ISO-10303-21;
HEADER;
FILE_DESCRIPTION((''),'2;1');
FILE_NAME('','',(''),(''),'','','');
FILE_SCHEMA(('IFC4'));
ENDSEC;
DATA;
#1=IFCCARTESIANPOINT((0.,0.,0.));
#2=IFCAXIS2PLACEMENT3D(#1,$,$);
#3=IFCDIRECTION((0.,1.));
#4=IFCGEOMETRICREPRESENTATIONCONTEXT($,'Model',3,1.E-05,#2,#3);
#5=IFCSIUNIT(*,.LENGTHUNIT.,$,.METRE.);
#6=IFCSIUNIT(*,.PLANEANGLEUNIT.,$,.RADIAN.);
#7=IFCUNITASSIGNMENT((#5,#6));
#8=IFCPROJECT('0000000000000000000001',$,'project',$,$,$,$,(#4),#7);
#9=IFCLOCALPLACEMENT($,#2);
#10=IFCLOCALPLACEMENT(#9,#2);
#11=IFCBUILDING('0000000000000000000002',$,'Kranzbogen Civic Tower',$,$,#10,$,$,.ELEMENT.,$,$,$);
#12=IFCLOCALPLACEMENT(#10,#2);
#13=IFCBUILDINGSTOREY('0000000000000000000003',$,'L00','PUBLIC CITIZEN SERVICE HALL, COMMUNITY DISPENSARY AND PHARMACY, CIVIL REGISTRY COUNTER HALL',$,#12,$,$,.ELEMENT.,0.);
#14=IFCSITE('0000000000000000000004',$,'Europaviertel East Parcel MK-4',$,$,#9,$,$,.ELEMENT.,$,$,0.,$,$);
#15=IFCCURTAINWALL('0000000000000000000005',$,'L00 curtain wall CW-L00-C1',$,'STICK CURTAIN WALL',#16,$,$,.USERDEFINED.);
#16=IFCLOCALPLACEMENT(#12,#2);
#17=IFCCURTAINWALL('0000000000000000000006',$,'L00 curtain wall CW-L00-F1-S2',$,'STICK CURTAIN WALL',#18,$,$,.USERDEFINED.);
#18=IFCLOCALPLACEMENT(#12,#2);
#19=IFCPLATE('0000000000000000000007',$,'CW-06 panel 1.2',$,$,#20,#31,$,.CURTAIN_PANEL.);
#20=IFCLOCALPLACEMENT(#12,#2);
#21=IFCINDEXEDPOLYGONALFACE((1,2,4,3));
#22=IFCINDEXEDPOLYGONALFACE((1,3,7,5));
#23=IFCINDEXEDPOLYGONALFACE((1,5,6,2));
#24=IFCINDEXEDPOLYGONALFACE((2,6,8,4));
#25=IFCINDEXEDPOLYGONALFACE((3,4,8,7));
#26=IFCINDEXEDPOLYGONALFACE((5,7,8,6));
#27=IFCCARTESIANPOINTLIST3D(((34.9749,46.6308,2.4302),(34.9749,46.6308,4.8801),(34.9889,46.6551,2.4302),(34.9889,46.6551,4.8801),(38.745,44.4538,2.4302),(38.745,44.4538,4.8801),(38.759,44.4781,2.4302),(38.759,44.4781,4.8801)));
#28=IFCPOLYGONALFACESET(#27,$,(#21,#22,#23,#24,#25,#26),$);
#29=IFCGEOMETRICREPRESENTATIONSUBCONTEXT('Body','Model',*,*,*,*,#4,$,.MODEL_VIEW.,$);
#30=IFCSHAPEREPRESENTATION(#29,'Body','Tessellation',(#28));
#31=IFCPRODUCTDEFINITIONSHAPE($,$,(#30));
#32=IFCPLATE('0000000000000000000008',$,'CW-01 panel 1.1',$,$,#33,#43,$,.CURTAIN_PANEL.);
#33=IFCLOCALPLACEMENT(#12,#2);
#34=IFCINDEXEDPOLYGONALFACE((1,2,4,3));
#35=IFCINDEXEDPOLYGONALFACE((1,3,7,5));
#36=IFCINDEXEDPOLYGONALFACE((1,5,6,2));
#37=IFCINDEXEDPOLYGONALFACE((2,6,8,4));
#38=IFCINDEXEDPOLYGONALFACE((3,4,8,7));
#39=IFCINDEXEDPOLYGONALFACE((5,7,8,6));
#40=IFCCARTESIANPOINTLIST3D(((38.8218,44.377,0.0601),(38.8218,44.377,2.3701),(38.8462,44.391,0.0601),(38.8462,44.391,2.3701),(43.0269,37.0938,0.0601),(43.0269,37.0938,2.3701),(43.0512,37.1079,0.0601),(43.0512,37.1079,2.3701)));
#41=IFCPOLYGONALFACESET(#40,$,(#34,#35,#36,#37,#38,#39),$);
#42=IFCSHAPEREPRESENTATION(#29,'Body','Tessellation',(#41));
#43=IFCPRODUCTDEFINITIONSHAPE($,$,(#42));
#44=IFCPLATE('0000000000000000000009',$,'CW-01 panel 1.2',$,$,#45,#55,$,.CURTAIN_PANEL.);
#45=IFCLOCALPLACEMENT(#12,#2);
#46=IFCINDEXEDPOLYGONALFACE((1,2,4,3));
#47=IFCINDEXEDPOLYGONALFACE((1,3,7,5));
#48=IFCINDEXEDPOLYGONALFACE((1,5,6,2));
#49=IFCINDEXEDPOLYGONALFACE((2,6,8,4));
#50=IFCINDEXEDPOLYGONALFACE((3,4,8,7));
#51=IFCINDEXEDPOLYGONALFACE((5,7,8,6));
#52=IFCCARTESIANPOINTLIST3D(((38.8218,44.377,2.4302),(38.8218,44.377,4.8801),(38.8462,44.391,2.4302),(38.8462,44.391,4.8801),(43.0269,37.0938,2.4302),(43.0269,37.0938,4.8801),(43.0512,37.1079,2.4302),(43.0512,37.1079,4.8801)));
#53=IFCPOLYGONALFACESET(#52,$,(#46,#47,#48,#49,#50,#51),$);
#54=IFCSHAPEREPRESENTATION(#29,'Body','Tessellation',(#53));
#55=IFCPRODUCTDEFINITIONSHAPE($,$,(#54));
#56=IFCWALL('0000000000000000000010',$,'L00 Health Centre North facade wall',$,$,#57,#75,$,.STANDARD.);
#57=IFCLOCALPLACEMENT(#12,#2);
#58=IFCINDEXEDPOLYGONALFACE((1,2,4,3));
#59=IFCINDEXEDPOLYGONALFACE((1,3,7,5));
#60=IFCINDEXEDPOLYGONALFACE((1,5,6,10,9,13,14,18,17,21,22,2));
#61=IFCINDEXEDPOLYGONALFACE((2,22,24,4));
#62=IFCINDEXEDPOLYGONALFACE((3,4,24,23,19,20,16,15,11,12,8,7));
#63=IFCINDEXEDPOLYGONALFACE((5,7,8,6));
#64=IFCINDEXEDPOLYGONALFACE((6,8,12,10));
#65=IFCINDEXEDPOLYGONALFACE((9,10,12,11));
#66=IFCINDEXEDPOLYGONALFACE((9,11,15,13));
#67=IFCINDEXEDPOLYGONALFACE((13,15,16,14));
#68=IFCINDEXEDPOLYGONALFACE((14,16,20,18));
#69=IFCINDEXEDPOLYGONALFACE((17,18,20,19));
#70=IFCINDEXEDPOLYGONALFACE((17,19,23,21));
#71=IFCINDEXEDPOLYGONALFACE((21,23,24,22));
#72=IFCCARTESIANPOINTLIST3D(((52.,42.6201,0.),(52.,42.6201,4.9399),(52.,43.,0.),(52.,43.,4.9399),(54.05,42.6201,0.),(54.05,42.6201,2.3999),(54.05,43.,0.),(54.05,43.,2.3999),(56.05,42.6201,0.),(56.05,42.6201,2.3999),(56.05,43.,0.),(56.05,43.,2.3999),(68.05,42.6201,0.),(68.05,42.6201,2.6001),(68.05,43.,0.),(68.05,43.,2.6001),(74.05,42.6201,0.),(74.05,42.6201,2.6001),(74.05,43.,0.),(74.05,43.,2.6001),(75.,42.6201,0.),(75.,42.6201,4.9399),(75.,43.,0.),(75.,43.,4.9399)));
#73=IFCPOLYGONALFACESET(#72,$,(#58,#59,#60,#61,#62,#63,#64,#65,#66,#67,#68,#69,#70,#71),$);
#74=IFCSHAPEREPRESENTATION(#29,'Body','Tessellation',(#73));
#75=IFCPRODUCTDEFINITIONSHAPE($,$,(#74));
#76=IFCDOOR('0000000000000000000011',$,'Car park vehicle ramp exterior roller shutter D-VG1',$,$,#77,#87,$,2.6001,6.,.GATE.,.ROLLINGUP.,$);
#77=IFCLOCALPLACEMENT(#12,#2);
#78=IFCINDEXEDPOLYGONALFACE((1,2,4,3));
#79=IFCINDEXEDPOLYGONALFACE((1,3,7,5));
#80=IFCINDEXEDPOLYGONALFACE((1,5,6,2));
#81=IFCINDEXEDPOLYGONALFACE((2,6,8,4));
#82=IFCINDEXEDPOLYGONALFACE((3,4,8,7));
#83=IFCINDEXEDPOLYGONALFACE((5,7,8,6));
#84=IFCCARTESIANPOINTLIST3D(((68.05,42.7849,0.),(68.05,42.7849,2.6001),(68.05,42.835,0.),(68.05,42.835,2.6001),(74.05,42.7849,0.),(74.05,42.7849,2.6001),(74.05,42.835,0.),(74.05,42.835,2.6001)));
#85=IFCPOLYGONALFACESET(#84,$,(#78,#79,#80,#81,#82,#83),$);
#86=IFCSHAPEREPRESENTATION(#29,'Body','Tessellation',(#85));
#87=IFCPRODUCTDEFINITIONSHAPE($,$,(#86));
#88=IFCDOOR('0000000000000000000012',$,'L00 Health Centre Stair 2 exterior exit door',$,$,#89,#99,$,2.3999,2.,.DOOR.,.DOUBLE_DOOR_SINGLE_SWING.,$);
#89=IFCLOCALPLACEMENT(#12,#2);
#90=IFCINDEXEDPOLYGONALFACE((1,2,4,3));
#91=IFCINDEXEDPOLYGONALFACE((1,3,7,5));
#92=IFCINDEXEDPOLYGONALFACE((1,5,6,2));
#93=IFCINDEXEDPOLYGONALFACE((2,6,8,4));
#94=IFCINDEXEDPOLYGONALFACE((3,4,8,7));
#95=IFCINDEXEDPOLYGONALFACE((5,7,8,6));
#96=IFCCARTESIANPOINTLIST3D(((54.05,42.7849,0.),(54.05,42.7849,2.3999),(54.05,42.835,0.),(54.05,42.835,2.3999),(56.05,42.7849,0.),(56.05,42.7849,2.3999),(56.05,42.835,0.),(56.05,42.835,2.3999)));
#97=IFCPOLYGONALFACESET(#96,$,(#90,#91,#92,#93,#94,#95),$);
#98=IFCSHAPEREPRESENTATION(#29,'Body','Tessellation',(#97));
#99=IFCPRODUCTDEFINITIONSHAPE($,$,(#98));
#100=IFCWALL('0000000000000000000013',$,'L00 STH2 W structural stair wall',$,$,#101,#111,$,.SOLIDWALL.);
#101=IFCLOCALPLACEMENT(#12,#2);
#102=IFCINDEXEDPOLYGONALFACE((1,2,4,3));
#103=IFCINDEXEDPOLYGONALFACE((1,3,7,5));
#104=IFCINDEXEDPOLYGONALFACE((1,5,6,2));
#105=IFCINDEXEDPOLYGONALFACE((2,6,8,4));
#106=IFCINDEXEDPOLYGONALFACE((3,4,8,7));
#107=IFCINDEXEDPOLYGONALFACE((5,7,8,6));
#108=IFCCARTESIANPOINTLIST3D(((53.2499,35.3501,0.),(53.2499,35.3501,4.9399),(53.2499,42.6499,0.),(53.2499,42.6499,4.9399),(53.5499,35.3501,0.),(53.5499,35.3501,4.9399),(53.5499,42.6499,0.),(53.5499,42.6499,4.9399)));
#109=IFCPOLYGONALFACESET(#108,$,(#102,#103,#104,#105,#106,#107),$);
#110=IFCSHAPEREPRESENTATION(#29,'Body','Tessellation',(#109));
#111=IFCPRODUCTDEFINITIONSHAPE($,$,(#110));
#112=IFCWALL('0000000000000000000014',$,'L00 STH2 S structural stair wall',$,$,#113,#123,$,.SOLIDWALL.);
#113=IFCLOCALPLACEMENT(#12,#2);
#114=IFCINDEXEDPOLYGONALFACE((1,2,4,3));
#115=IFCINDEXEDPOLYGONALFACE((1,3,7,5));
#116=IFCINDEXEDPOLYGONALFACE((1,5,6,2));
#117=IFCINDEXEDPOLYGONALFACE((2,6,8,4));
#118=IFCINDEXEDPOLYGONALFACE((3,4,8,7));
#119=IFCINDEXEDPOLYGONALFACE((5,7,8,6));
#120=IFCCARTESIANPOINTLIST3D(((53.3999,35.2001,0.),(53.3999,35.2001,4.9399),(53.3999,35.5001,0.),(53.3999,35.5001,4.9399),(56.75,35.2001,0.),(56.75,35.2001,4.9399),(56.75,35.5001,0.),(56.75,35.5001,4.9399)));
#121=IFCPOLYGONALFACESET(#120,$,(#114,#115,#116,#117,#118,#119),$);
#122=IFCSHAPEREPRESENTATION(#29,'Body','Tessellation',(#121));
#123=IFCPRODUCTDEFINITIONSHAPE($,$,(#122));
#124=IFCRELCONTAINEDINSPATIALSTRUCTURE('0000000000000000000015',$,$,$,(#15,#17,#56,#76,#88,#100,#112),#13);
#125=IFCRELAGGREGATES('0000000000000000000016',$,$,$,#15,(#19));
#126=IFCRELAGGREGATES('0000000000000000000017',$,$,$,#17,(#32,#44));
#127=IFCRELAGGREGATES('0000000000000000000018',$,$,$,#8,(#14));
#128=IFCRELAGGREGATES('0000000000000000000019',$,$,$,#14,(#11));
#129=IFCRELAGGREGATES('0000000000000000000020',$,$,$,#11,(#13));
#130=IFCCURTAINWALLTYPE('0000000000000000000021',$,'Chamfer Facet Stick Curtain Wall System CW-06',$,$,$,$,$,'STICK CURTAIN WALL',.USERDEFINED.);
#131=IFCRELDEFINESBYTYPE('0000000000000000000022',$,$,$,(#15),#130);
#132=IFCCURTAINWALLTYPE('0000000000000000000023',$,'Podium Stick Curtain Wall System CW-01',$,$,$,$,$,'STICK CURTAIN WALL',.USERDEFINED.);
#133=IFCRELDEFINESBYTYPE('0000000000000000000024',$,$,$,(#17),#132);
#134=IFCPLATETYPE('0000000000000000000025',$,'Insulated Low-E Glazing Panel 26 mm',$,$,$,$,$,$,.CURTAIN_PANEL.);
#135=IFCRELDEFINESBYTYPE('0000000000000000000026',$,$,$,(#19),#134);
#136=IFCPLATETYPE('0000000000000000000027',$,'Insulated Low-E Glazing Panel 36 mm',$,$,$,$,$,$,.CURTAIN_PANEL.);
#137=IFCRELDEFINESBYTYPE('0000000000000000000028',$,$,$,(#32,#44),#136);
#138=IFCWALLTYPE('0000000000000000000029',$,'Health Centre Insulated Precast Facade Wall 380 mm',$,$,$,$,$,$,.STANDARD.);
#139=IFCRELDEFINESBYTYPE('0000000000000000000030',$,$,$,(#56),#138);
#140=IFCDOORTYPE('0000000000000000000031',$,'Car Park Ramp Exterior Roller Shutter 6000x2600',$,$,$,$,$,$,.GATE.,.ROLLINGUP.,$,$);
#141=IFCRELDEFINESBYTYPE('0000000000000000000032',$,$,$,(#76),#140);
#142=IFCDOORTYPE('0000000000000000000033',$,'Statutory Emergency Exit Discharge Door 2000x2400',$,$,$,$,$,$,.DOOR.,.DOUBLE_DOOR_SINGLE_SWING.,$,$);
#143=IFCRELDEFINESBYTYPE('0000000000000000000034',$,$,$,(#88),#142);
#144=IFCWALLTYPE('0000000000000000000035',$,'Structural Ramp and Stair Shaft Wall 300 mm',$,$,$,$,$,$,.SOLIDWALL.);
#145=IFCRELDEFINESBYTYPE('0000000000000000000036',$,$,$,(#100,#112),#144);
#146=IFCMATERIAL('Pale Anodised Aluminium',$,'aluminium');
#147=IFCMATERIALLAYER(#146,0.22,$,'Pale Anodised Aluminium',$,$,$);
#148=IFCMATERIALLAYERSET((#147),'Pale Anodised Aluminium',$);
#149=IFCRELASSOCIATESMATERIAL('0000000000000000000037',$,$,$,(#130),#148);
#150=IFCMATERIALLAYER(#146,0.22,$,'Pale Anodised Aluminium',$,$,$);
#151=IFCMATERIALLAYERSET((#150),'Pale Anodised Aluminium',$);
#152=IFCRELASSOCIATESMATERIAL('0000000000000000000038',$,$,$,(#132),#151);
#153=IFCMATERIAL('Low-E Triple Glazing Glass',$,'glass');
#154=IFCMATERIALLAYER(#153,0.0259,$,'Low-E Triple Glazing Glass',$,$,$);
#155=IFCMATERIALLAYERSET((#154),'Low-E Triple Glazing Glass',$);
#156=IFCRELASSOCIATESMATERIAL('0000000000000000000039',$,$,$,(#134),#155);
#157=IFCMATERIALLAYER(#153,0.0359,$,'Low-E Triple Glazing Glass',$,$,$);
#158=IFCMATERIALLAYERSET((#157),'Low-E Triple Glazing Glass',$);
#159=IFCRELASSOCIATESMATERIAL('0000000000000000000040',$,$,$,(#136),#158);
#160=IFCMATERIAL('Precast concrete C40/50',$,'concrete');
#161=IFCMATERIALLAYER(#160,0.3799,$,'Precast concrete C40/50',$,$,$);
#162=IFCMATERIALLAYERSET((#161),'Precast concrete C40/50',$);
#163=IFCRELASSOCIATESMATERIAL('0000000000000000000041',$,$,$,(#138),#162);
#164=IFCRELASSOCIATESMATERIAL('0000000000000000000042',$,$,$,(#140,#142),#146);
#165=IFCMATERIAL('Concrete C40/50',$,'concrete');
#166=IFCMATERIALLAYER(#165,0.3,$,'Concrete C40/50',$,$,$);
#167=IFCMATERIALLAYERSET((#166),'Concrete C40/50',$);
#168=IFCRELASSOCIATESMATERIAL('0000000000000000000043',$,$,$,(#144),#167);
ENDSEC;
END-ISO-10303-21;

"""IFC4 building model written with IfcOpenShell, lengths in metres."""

from ifc_helpers import new_model, si_unit, direction, frame, frame_2d, origin, origin_2d, place, context, subcontext, project, spatial, rectangle, extrude, material, layer, layer_set, type_object, element, fill, aggregate, save


model = new_model("IFC4")

# Units and contexts
model_context = context("Model", 3, precision=1e-05, world=origin(), true_north=direction((0.0, 1.0)))
body_context = subcontext(model_context, "Body", "Model", "MODEL_VIEW")
ifc_project = project(units=[si_unit("LENGTHUNIT", "METRE"), si_unit("PLANEANGLEUNIT", "RADIAN")], contexts=[model_context])

# Site, building, storey
site_placement = place(None, origin())
site = spatial("IfcSite", under=ifc_project, at=site_placement, Name="Europaviertel East Parcel MK-4", CompositionType="ELEMENT", RefElevation=0.0)
building_placement = place(site_placement, origin())
building = spatial("IfcBuilding", under=site, at=building_placement, Name="Kranzbogen Civic Tower", CompositionType="ELEMENT")
storey_placement = place(building_placement, origin())
storey = spatial("IfcBuildingStorey", under=building, at=storey_placement, Name="L00", Description="PUBLIC CITIZEN SERVICE HALL, COMMUNITY DISPENSARY AND PHARMACY, CIVIL REGISTRY COUNTER HALL", CompositionType="ELEMENT", Elevation=0.0)

# Shared definitions
ifc_material_1 = material(Name="Concrete C40/50", Category="concrete")

# Curtain wall
ifc_material_2 = material(Name="Pale Anodised Aluminium", Category="aluminium")
ifc_layer_1 = layer(ifc_material_2, 0.22, Name="Pale Anodised Aluminium")
ifc_layer_set_1 = layer_set([ifc_layer_1], Name="Pale Anodised Aluminium")
curtain_wall_type_1 = type_object("IfcCurtainWallType", Name="Chamfer Facet Stick Curtain Wall System CW-06", ElementType="STICK CURTAIN WALL", PredefinedType="USERDEFINED", material=ifc_layer_set_1)
curtain_wall_1_placement = place(storey_placement, origin())
curtain_wall_1 = element("IfcCurtainWall", 1, at=curtain_wall_1_placement, inside=storey, type_object=curtain_wall_type_1, Name="L00 curtain wall CW-L00-C1", ObjectType="STICK CURTAIN WALL", PredefinedType="USERDEFINED")

# Shared definitions
ifc_layer_2 = layer(ifc_material_2, 0.22, Name="Pale Anodised Aluminium")
ifc_layer_set_2 = layer_set([ifc_layer_2], Name="Pale Anodised Aluminium")
curtain_wall_type_2 = type_object("IfcCurtainWallType", Name="Podium Stick Curtain Wall System CW-01", ElementType="STICK CURTAIN WALL", PredefinedType="USERDEFINED", material=ifc_layer_set_2)

# Curtain wall
curtain_wall_2_placement = place(storey_placement, origin())
curtain_wall_2 = element("IfcCurtainWall", 2, at=curtain_wall_2_placement, inside=storey, type_object=curtain_wall_type_2, Name="L00 curtain wall CW-L00-F1-S2", ObjectType="STICK CURTAIN WALL", PredefinedType="USERDEFINED")

# Plates
ifc_material_3 = material(Name="Low-E Triple Glazing Glass", Category="glass")
ifc_layer_3 = layer(ifc_material_3, 0.0259, Name="Low-E Triple Glazing Glass")
ifc_layer_set_3 = layer_set([ifc_layer_3], Name="Low-E Triple Glazing Glass")
plate_type_1 = type_object("IfcPlateType", Name="Insulated Low-E Glazing Panel 26 mm", PredefinedType="CURTAIN_PANEL", material=ifc_layer_set_3)
plate_1_placement = place(storey_placement, frame((36.8669, 45.5544, 2.4302), z_axis=(0.0, 0.0, 1.0), x_axis=(-0.865992, 0.500058, 0.0)))
plate_1 = element("IfcPlate", 3, at=plate_1_placement, type_object=plate_type_1, Name="CW-06 panel 1.2", PredefinedType="CURTAIN_PANEL", context=body_context, shape_type="SweptSolid", body=[
    extrude(rectangle(XDim=4.3535, YDim=0.0281, at=origin_2d()), origin(), (0.0, 0.0, 1.0), 2.45),
])
aggregate(curtain_wall_1, [plate_1])
ifc_layer_4 = layer(ifc_material_3, 0.0359, Name="Low-E Triple Glazing Glass")
ifc_layer_set_4 = layer_set([ifc_layer_4], Name="Low-E Triple Glazing Glass")
plate_type_2 = type_object("IfcPlateType", Name="Insulated Low-E Glazing Panel 36 mm", PredefinedType="CURTAIN_PANEL", material=ifc_layer_set_4)
plate_2_placement = place(storey_placement, frame((40.9365, 40.7424, 0.0601), z_axis=(0.0, 0.0, 1.0), x_axis=(-0.50001, 0.86602, 0.0)))
plate_2 = element("IfcPlate", 4, at=plate_2_placement, type_object=plate_type_2, Name="CW-01 panel 1.1", PredefinedType="CURTAIN_PANEL", context=body_context, shape_type="SweptSolid", body=[
    extrude(rectangle(XDim=8.4099, YDim=0.0281, at=origin_2d()), origin(), (0.0, 0.0, 1.0), 2.3101),
])
plate_3_placement = place(storey_placement, frame((40.9365, 40.7424, 2.4302), z_axis=(0.0, 0.0, 1.0), x_axis=(-0.50001, 0.86602, 0.0)))
plate_3 = element("IfcPlate", 5, at=plate_3_placement, type_object=plate_type_2, Name="CW-01 panel 1.2", PredefinedType="CURTAIN_PANEL", context=body_context, shape_type="SweptSolid", body=[
    extrude(rectangle(XDim=8.4099, YDim=0.0281, at=origin_2d()), origin(), (0.0, 0.0, 1.0), 2.45),
])
aggregate(curtain_wall_2, [plate_2, plate_3])

# Wall, openings, doors
ifc_material_4 = material(Name="Precast concrete C40/50", Category="concrete")
ifc_layer_5 = layer(ifc_material_4, 0.3799, Name="Precast concrete C40/50")
ifc_layer_set_5 = layer_set([ifc_layer_5], Name="Precast concrete C40/50")
wall_type_1 = type_object("IfcWallType", Name="Health Centre Insulated Precast Facade Wall 380 mm", PredefinedType="STANDARD", material=ifc_layer_set_5)
wall_1_placement = place(storey_placement, frame((52.0, 42.8101, 0.0), z_axis=(0.0, 0.0, 1.0), x_axis=(1.0, 0.0, 0.0)))
wall_1 = element("IfcWall", 6, at=wall_1_placement, inside=storey, type_object=wall_type_1, Name="L00 Health Centre North facade wall", PredefinedType="STANDARD", context=body_context, shape_type="SweptSolid", body=[
    extrude(rectangle(XDim=23.0, YDim=0.3799, at=frame_2d((11.5, 0.0))), origin(), (0.0, 0.0, 1.0), 4.9399),
])
opening_1_placement = place(wall_1_placement, frame((2.05, 0.0, 0.0)))
opening_1 = element("IfcOpeningElement", 7, at=opening_1_placement, cuts=wall_1, PredefinedType="OPENING", context=body_context, shape_type="SweptSolid", body=[
    extrude(rectangle(XDim=2.0, YDim=2.3999, at=frame_2d((1.0, 1.2))), frame((0.0, 0.2, 0.0), z_axis=(0.0, -1.0, 0.0), x_axis=(1.0, 0.0, 0.0)), (0.0, 0.0, 1.0), 0.3999),
])
opening_2_placement = place(wall_1_placement, frame((16.05, 0.0, 0.0)))
opening_2 = element("IfcOpeningElement", 8, at=opening_2_placement, cuts=wall_1, PredefinedType="OPENING", context=body_context, shape_type="SweptSolid", body=[
    extrude(rectangle(XDim=6.0, YDim=2.6001, at=frame_2d((3.0, 1.3))), frame((0.0, 0.2, 0.0), z_axis=(0.0, -1.0, 0.0), x_axis=(1.0, 0.0, 0.0)), (0.0, 0.0, 1.0), 0.3999),
])
door_type_1 = type_object("IfcDoorType", Name="Car Park Ramp Exterior Roller Shutter 6000x2600", OperationType="ROLLINGUP", PredefinedType="GATE", material=ifc_material_2)
door_1_placement = place(opening_2_placement, origin())
door_1 = element("IfcDoor", 9, at=door_1_placement, inside=storey, type_object=door_type_1, Name="Car park vehicle ramp exterior roller shutter D-VG1", OperationType="ROLLINGUP", OverallHeight=2.6001, OverallWidth=6.0, PredefinedType="GATE", context=body_context, shape_type="SweptSolid", body=[
    extrude(rectangle(XDim=6.0, YDim=2.6001, at=frame_2d((3.0, 1.3))), frame((0.0, 0.0249, 0.0), z_axis=(0.0, -1.0, 0.0), x_axis=(1.0, 0.0, 0.0)), (0.0, 0.0, 1.0), 0.05),
])
fill(opening_2, door_1)
door_type_2 = type_object("IfcDoorType", Name="Statutory Emergency Exit Discharge Door 2000x2400", OperationType="DOUBLE_DOOR_SINGLE_SWING", PredefinedType="DOOR", material=ifc_material_2)
door_2_placement = place(opening_1_placement, origin())
door_2 = element("IfcDoor", 10, at=door_2_placement, inside=storey, type_object=door_type_2, Name="L00 Health Centre Stair 2 exterior exit door", OperationType="DOUBLE_DOOR_SINGLE_SWING", OverallHeight=2.3999, OverallWidth=2.0, PredefinedType="DOOR", context=body_context, shape_type="SweptSolid", body=[
    extrude(rectangle(XDim=2.0, YDim=2.3999, at=frame_2d((1.0, 1.2))), frame((0.0, 0.0249, 0.0), z_axis=(0.0, -1.0, 0.0), x_axis=(1.0, 0.0, 0.0)), (0.0, 0.0, 1.0), 0.05),
])
fill(opening_1, door_2)

# Walls
ifc_layer_6 = layer(ifc_material_1, 0.3, Name="Concrete C40/50")
ifc_layer_set_6 = layer_set([ifc_layer_6], Name="Concrete C40/50")
wall_type_2 = type_object("IfcWallType", Name="Structural Ramp and Stair Shaft Wall 300 mm", PredefinedType="SOLIDWALL", material=ifc_layer_set_6)
wall_2_placement = place(storey_placement, frame((53.3999, 35.3501, 0.0), z_axis=(0.0, 0.0, 1.0), x_axis=(0.0, 1.0, 0.0)))
element("IfcWall", 11, at=wall_2_placement, inside=storey, type_object=wall_type_2, Name="L00 STH2 W structural stair wall", PredefinedType="SOLIDWALL", context=body_context, shape_type="SweptSolid", body=[
    extrude(rectangle(XDim=7.2998, YDim=0.3, at=frame_2d((3.6499, 0.0))), origin(), (0.0, 0.0, 1.0), 4.9399),
])
wall_3_placement = place(storey_placement, frame((53.3999, 35.3501, 0.0), z_axis=(0.0, 0.0, 1.0), x_axis=(1.0, 0.0, 0.0)))
element("IfcWall", 12, at=wall_3_placement, inside=storey, type_object=wall_type_2, Name="L00 STH2 S structural stair wall", PredefinedType="SOLIDWALL", context=body_context, shape_type="SweptSolid", body=[
    extrude(rectangle(XDim=3.3501, YDim=0.3, at=frame_2d((1.675, 0.0))), origin(), (0.0, 0.0, 1.0), 4.9399),
])

save(model, "model.ifc")
